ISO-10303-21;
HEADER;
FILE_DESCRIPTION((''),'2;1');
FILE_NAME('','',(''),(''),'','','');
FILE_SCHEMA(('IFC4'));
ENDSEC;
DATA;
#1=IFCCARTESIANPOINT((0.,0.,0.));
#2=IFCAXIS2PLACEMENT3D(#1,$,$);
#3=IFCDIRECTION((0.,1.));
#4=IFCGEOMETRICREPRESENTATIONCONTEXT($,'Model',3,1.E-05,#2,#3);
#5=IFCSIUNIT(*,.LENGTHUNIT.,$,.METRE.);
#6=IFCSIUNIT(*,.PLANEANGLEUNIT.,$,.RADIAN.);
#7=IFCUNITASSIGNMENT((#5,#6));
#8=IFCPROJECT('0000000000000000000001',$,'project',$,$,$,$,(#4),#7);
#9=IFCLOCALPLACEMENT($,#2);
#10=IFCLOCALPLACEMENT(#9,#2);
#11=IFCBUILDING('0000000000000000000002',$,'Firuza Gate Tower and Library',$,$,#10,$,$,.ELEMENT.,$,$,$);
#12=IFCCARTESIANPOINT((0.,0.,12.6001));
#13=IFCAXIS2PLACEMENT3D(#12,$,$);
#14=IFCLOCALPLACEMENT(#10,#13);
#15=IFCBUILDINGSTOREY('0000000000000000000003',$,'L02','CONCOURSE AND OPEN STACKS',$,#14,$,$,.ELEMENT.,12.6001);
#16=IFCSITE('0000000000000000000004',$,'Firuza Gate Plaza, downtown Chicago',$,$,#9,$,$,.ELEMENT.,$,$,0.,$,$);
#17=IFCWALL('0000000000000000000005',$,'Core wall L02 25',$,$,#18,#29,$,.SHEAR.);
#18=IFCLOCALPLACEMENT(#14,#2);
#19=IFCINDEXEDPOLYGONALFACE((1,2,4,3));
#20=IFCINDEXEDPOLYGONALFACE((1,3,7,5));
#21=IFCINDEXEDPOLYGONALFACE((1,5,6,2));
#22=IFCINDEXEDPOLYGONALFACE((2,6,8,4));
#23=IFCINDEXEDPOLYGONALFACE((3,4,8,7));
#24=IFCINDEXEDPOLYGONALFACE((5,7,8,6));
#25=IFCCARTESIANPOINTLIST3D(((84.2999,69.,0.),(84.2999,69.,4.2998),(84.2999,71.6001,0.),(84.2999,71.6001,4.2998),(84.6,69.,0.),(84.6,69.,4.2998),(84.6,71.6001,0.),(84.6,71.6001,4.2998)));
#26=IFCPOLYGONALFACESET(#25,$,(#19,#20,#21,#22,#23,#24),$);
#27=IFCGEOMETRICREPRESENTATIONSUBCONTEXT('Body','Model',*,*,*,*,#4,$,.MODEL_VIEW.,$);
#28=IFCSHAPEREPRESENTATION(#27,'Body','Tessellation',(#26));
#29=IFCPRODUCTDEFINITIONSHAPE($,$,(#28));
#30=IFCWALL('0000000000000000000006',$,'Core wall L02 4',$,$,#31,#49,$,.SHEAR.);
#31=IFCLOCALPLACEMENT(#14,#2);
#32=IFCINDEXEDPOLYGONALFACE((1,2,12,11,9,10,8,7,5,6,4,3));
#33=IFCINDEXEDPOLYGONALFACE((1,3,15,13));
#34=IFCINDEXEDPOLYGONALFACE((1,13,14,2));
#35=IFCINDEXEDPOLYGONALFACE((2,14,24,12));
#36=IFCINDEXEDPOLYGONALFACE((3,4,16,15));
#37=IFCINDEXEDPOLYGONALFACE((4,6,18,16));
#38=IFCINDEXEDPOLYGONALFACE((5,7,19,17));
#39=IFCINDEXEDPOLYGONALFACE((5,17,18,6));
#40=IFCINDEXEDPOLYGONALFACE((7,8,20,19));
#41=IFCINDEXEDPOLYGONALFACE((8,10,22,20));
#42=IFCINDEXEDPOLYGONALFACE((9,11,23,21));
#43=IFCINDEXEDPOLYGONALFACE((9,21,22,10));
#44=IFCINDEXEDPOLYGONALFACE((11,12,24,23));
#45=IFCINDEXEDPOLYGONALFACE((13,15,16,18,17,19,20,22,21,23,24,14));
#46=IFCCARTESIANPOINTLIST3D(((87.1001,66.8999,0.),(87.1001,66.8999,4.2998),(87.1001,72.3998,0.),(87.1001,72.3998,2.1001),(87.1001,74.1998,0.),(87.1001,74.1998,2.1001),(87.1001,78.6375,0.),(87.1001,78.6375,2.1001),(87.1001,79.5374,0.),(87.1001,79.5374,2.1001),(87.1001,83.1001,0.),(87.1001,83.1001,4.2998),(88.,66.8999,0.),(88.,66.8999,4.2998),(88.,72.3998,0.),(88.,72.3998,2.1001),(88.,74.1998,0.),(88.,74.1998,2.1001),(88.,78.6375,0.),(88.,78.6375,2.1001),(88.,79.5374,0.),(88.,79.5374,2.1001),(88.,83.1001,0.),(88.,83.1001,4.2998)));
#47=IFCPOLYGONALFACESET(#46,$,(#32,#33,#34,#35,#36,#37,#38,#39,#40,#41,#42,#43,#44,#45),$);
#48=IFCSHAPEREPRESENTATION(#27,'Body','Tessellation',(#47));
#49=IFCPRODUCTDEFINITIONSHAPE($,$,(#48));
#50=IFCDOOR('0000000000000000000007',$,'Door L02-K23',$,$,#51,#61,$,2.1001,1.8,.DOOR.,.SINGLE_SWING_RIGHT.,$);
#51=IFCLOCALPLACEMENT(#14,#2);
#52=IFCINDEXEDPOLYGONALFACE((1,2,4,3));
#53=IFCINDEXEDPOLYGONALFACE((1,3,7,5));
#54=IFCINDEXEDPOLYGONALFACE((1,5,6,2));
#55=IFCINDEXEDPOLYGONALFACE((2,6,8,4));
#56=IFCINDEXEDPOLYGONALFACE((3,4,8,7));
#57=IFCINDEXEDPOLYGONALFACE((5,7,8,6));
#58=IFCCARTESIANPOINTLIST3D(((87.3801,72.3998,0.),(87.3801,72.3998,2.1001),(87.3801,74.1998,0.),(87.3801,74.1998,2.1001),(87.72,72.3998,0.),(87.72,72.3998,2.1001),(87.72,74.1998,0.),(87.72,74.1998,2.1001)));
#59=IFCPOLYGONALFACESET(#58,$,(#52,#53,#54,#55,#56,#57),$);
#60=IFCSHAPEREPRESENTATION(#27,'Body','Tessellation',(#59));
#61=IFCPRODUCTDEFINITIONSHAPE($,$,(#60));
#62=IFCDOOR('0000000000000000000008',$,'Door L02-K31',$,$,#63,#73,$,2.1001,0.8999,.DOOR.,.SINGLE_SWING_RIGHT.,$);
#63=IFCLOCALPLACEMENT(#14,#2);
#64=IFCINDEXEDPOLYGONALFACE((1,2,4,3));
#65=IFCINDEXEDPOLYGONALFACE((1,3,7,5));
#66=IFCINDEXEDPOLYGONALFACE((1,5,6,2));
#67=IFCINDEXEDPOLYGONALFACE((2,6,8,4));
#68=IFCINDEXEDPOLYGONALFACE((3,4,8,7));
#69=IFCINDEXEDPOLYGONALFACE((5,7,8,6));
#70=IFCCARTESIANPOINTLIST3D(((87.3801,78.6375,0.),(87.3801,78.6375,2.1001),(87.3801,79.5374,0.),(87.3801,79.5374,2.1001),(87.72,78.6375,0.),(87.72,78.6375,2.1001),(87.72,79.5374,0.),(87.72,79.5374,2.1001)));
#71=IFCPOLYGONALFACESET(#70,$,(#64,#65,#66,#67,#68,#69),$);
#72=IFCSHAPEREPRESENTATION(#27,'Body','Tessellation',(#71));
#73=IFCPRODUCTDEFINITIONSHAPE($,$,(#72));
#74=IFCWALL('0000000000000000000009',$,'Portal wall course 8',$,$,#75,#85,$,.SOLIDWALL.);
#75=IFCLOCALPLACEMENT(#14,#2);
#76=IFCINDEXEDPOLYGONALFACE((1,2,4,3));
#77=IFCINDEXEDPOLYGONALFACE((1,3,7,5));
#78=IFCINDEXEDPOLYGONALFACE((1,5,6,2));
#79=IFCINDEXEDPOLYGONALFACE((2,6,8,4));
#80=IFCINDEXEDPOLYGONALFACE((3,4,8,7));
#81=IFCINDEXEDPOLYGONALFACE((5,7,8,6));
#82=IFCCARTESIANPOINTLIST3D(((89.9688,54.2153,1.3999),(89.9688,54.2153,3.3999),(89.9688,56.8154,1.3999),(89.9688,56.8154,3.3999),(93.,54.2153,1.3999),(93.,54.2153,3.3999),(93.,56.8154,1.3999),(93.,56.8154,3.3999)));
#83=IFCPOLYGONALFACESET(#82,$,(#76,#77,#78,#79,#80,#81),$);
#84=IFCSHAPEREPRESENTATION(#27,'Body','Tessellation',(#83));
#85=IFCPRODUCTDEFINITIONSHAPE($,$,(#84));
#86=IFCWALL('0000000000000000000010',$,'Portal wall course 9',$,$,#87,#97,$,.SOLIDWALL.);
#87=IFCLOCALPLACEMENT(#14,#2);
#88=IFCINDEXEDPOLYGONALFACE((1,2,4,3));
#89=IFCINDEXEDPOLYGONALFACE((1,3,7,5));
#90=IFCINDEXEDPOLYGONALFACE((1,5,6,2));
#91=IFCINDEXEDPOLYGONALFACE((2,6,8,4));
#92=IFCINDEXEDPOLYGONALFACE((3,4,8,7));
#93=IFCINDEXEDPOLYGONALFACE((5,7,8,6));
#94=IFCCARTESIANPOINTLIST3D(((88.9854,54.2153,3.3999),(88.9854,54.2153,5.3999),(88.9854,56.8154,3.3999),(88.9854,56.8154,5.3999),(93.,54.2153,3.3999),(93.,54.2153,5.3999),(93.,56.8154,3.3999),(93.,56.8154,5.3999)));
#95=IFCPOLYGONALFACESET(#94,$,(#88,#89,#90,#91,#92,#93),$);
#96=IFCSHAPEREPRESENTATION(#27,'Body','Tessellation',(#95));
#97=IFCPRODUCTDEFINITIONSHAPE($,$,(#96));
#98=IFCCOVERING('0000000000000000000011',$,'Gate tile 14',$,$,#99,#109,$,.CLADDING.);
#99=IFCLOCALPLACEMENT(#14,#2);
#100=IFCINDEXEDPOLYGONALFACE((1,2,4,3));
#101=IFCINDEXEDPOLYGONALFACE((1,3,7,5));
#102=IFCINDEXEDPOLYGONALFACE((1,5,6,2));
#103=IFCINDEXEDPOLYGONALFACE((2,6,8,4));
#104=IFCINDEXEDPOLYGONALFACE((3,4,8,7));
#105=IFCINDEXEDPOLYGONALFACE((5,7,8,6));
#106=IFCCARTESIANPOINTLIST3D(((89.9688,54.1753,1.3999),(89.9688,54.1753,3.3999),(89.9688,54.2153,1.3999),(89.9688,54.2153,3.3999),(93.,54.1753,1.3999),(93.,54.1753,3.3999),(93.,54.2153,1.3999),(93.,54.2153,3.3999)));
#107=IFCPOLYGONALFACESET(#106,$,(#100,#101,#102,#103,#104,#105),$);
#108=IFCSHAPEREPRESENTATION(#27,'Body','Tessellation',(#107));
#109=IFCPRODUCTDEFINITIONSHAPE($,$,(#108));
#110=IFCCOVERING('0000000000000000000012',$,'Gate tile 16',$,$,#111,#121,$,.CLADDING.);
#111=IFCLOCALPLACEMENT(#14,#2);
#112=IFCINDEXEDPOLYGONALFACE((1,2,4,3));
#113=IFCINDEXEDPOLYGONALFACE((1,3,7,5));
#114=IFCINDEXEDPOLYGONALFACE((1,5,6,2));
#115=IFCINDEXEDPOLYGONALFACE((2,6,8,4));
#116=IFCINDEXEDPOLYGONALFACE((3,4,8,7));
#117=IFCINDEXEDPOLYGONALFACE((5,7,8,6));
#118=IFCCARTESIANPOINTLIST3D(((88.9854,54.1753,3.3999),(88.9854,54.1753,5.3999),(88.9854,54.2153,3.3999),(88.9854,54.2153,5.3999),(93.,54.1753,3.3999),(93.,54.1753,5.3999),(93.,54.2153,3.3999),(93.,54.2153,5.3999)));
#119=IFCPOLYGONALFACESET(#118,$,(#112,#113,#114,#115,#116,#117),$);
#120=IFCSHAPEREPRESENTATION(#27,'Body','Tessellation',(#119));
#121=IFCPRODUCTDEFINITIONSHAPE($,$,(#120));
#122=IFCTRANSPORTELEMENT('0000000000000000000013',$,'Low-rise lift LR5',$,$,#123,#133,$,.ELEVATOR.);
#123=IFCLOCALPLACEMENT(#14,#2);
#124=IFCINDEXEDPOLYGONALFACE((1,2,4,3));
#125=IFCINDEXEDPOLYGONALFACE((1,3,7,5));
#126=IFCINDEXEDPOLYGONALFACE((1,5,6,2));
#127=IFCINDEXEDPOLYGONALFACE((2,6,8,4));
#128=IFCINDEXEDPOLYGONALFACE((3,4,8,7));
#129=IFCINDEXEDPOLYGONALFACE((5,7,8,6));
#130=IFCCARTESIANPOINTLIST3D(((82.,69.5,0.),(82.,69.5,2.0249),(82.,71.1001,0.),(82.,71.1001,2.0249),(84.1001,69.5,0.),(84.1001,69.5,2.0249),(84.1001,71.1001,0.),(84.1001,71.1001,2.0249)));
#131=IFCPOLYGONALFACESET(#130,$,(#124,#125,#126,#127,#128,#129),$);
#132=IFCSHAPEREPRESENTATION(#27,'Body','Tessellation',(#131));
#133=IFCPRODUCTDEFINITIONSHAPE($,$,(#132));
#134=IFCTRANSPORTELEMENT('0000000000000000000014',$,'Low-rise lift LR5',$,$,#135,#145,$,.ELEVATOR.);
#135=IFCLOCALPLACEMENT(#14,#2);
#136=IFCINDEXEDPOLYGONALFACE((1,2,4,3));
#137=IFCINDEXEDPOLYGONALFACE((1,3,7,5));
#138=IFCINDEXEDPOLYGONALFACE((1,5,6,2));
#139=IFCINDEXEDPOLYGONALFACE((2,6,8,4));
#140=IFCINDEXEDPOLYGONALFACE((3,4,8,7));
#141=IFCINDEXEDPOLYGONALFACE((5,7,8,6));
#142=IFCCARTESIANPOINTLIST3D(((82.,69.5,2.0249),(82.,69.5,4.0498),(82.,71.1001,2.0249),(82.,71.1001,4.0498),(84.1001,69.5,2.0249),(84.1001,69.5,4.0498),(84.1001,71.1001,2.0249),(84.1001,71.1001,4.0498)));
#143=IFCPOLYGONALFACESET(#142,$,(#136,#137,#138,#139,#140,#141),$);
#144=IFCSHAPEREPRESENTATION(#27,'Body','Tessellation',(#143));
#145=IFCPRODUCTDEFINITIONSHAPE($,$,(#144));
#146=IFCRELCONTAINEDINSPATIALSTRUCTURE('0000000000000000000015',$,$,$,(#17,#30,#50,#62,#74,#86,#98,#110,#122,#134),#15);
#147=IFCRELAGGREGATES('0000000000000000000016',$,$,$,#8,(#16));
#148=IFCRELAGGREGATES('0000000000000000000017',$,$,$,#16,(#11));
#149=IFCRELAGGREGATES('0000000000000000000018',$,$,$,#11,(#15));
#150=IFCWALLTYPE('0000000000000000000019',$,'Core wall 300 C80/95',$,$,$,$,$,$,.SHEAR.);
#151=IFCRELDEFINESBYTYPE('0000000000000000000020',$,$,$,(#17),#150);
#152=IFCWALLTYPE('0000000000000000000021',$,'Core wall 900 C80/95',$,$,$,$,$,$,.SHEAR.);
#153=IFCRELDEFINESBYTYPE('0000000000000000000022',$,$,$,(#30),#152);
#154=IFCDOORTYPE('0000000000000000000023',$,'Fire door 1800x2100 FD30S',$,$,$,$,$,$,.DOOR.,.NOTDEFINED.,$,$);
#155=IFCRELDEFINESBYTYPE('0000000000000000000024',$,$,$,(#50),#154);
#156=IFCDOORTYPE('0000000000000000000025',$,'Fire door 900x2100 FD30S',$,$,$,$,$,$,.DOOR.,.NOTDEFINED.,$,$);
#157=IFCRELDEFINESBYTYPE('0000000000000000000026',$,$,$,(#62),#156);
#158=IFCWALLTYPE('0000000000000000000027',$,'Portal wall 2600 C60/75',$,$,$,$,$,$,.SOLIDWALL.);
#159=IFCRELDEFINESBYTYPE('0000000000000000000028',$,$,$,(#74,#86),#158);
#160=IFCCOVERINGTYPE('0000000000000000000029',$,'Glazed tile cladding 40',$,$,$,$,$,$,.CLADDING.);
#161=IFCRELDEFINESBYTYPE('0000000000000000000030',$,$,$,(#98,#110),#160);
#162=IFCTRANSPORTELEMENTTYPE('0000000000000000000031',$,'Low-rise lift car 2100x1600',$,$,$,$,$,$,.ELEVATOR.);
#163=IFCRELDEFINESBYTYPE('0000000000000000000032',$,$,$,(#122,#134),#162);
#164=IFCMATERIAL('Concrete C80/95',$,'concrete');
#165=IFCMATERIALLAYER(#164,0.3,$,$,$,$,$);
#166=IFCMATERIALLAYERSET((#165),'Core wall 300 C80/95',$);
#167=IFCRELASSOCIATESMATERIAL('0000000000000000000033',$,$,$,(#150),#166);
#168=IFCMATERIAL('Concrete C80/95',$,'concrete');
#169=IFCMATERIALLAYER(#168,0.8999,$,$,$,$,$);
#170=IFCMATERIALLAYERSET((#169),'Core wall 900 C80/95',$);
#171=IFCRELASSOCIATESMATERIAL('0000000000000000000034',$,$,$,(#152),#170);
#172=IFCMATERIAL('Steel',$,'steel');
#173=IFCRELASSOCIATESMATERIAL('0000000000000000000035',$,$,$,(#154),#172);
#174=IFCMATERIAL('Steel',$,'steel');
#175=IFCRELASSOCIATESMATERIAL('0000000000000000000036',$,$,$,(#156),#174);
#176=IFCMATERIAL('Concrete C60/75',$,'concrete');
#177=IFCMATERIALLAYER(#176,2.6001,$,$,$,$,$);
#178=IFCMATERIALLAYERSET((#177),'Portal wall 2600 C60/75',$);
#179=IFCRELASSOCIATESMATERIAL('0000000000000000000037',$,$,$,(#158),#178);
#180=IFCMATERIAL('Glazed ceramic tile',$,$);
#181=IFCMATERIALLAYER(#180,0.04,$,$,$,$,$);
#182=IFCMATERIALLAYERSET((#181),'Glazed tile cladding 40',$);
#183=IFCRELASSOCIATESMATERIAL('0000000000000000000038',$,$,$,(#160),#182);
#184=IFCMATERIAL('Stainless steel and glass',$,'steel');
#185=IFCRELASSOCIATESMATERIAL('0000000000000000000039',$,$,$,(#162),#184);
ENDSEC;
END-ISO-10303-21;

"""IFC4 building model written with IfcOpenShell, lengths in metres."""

from ifc_helpers import new_model, si_unit, direction, frame, frame_2d, origin, origin_2d, place, context, subcontext, project, spatial, polyline, rectangle, outline, extrude, material, layer, layer_set, type_object, element, fill, save


model = new_model("IFC4")

# Units and contexts
model_context = context("Model", 3, precision=1e-05, world=origin(), true_north=direction((0.0, 1.0)))
body_context = subcontext(model_context, "Body", "Model", "MODEL_VIEW")
ifc_project = project(units=[si_unit("LENGTHUNIT", "METRE"), si_unit("PLANEANGLEUNIT", "RADIAN")], contexts=[model_context])

# Site, building, storey
site_placement = place(None, origin())
site = spatial("IfcSite", under=ifc_project, at=site_placement, Name="Firuza Gate Plaza, downtown Chicago", CompositionType="ELEMENT", RefElevation=0.0)
building_placement = place(site_placement, origin())
building = spatial("IfcBuilding", under=site, at=building_placement, Name="Firuza Gate Tower and Library", CompositionType="ELEMENT")
storey_placement = place(building_placement, frame((0.0, 0.0, 12.6001)))
storey = spatial("IfcBuildingStorey", under=building, at=storey_placement, Name="L02", Description="CONCOURSE AND OPEN STACKS", CompositionType="ELEMENT", Elevation=12.6001)

# Wall
ifc_material_1 = material(Name="Concrete C80/95", Category="concrete")
ifc_layer_1 = layer(ifc_material_1, 0.3)
ifc_layer_set_1 = layer_set([ifc_layer_1], Name="Core wall 300 C80/95")
wall_type_1 = type_object("IfcWallType", Name="Core wall 300 C80/95", PredefinedType="SHEAR", material=ifc_layer_set_1)
wall_1_placement = place(storey_placement, frame((84.45, 69.0, 0.0), z_axis=(0.0, 0.0, 1.0), x_axis=(0.0, 1.0, 0.0)))
element("IfcWall", 1, at=wall_1_placement, inside=storey, type_object=wall_type_1, Name="Core wall L02 25", PredefinedType="SHEAR", context=body_context, shape_type="SweptSolid", body=[
    extrude(rectangle(XDim=2.6001, YDim=0.3, at=frame_2d((1.3, 0.0))), origin(), (0.0, 0.0, 1.0), 4.2998),
])

# Wall, openings, doors
ifc_material_2 = material(Name="Concrete C80/95", Category="concrete")
ifc_layer_2 = layer(ifc_material_2, 0.8999)
ifc_layer_set_2 = layer_set([ifc_layer_2], Name="Core wall 900 C80/95")
wall_type_2 = type_object("IfcWallType", Name="Core wall 900 C80/95", PredefinedType="SHEAR", material=ifc_layer_set_2)
wall_2_placement = place(storey_placement, frame((87.55, 66.8999, 0.0), z_axis=(0.0, 0.0, 1.0), x_axis=(0.0, 1.0, 0.0)))
wall_2 = element("IfcWall", 2, at=wall_2_placement, inside=storey, type_object=wall_type_2, Name="Core wall L02 4", PredefinedType="SHEAR", context=body_context, shape_type="SweptSolid", body=[
    extrude(rectangle(XDim=16.2002, YDim=0.8999, at=frame_2d((8.1001, 0.0))), origin(), (0.0, 0.0, 1.0), 4.2998),
])
opening_1_placement = place(wall_2_placement, frame((5.5, 0.0, 0.0)))
opening_1 = element("IfcOpeningElement", 3, at=opening_1_placement, cuts=wall_2, PredefinedType="OPENING", context=body_context, shape_type="SweptSolid", body=[
    extrude(rectangle(XDim=1.8, YDim=2.1001, at=frame_2d((0.8999, 1.05))), frame((0.0, 0.46, 0.0), z_axis=(0.0, -1.0, 0.0), x_axis=(1.0, 0.0, 0.0)), (0.0, 0.0, 1.0), 0.9199),
])
opening_2_placement = place(wall_2_placement, frame((11.7375, 0.0, 0.0)))
opening_2 = element("IfcOpeningElement", 4, at=opening_2_placement, cuts=wall_2, PredefinedType="OPENING", context=body_context, shape_type="SweptSolid", body=[
    extrude(rectangle(XDim=0.8999, YDim=2.1001, at=frame_2d((0.45, 1.05))), frame((0.0, 0.46, 0.0), z_axis=(0.0, -1.0, 0.0), x_axis=(1.0, 0.0, 0.0)), (0.0, 0.0, 1.0), 0.9199),
])
ifc_material_3 = material(Name="Steel", Category="steel")
door_type_1 = type_object("IfcDoorType", Name="Fire door 1800x2100 FD30S", OperationType="NOTDEFINED", PredefinedType="DOOR", material=ifc_material_3)
door_1_placement = place(opening_1_placement, origin())
door_1 = element("IfcDoor", 5, at=door_1_placement, inside=storey, type_object=door_type_1, Name="Door L02-K23", OperationType="SINGLE_SWING_RIGHT", OverallHeight=2.1001, OverallWidth=1.8, PredefinedType="DOOR", context=body_context, shape_type="SweptSolid", body=[
    extrude(rectangle(XDim=1.8, YDim=2.1001, at=frame_2d((0.8999, 1.05))), frame((0.0, 0.1699, 0.0), z_axis=(0.0, -1.0, 0.0), x_axis=(1.0, 0.0, 0.0)), (0.0, 0.0, 1.0), 0.3398),
])
fill(opening_1, door_1)
ifc_material_4 = material(Name="Steel", Category="steel")
door_type_2 = type_object("IfcDoorType", Name="Fire door 900x2100 FD30S", OperationType="NOTDEFINED", PredefinedType="DOOR", material=ifc_material_4)
door_2_placement = place(opening_2_placement, origin())
door_2 = element("IfcDoor", 6, at=door_2_placement, inside=storey, type_object=door_type_2, Name="Door L02-K31", OperationType="SINGLE_SWING_RIGHT", OverallHeight=2.1001, OverallWidth=0.8999, PredefinedType="DOOR", context=body_context, shape_type="SweptSolid", body=[
    extrude(rectangle(XDim=0.8999, YDim=2.1001, at=frame_2d((0.45, 1.05))), frame((0.0, 0.1699, 0.0), z_axis=(0.0, -1.0, 0.0), x_axis=(1.0, 0.0, 0.0)), (0.0, 0.0, 1.0), 0.3398),
])
fill(opening_2, door_2)

# Walls
ifc_material_5 = material(Name="Concrete C60/75", Category="concrete")
ifc_layer_3 = layer(ifc_material_5, 2.6001)
ifc_layer_set_3 = layer_set([ifc_layer_3], Name="Portal wall 2600 C60/75")
wall_type_3 = type_object("IfcWallType", Name="Portal wall 2600 C60/75", PredefinedType="SOLIDWALL", material=ifc_layer_set_3)
wall_3_placement = place(storey_placement, frame((89.9688, 55.5154, 1.3999), z_axis=(0.0, 0.0, 1.0), x_axis=(1.0, 0.0, 0.0)))
element("IfcWall", 7, at=wall_3_placement, inside=storey, type_object=wall_type_3, Name="Portal wall course 8", PredefinedType="SOLIDWALL", context=body_context, shape_type="SweptSolid", body=[
    extrude(rectangle(XDim=3.0312, YDim=2.6001, at=frame_2d((1.5156, 0.0))), origin(), (0.0, 0.0, 1.0), 2.0),
])
wall_4_placement = place(storey_placement, frame((88.9854, 55.5154, 3.3999), z_axis=(0.0, 0.0, 1.0), x_axis=(1.0, 0.0, 0.0)))
element("IfcWall", 8, at=wall_4_placement, inside=storey, type_object=wall_type_3, Name="Portal wall course 9", PredefinedType="SOLIDWALL", context=body_context, shape_type="SweptSolid", body=[
    extrude(rectangle(XDim=4.0146, YDim=2.6001, at=frame_2d((2.0073, 0.0))), origin(), (0.0, 0.0, 1.0), 2.0),
])

# Coverings
ifc_material_6 = material(Name="Glazed ceramic tile")
ifc_layer_4 = layer(ifc_material_6, 0.04)
ifc_layer_set_4 = layer_set([ifc_layer_4], Name="Glazed tile cladding 40")
covering_type = type_object("IfcCoveringType", Name="Glazed tile cladding 40", PredefinedType="CLADDING", material=ifc_layer_set_4)
covering_1_placement = place(storey_placement, frame((89.9688, 54.1753, 1.3999), z_axis=(0.0, -1.0, 0.0), x_axis=(1.0, 0.0, 0.0)))
element("IfcCovering", 9, at=covering_1_placement, inside=storey, type_object=covering_type, Name="Gate tile 14", PredefinedType="CLADDING", context=body_context, shape_type="SweptSolid", body=[
    extrude(outline(polyline([(0.0, 0.0), (3.0312, 0.0), (3.0312, 2.0), (0.0, 2.0), (0.0, 0.0)])), origin(), (0.0, 0.0, -1.0), 0.04),
])
covering_2_placement = place(storey_placement, frame((88.9854, 54.1753, 3.3999), z_axis=(0.0, -1.0, 0.0), x_axis=(1.0, 0.0, 0.0)))
element("IfcCovering", 10, at=covering_2_placement, inside=storey, type_object=covering_type, Name="Gate tile 16", PredefinedType="CLADDING", context=body_context, shape_type="SweptSolid", body=[
    extrude(outline(polyline([(0.0, 0.0), (4.0146, 0.0), (4.0146, 2.0), (0.0, 2.0), (0.0, 0.0)])), origin(), (0.0, 0.0, -1.0), 0.04),
])

# Transport elements
ifc_material_7 = material(Name="Stainless steel and glass", Category="steel")
transport_element_type = type_object("IfcTransportElementType", Name="Low-rise lift car 2100x1600", PredefinedType="ELEVATOR", material=ifc_material_7)
for number, where, z_axis, x_axis, name in (
    (11, (83.05, 70.3, 0.0), (0.0, 0.0, 1.0), (1.0, 0.0, 0.0), "Low-rise lift LR5"),
    (12, (83.05, 70.3, 2.0249), (0.0, 0.0, 1.0), (1.0, 0.0, 0.0), "Low-rise lift LR5"),
):
    element("IfcTransportElement", number, at=place(storey_placement, frame(where, z_axis=z_axis, x_axis=x_axis)), inside=storey, type_object=transport_element_type, Name=name, PredefinedType="ELEVATOR", context=body_context, shape_type="SweptSolid", body=[
        extrude(rectangle(XDim=2.1001, YDim=1.6001, at=origin_2d()), origin(), (0.0, 0.0, 1.0), 2.0249),
    ])

save(model, "model.ifc")
